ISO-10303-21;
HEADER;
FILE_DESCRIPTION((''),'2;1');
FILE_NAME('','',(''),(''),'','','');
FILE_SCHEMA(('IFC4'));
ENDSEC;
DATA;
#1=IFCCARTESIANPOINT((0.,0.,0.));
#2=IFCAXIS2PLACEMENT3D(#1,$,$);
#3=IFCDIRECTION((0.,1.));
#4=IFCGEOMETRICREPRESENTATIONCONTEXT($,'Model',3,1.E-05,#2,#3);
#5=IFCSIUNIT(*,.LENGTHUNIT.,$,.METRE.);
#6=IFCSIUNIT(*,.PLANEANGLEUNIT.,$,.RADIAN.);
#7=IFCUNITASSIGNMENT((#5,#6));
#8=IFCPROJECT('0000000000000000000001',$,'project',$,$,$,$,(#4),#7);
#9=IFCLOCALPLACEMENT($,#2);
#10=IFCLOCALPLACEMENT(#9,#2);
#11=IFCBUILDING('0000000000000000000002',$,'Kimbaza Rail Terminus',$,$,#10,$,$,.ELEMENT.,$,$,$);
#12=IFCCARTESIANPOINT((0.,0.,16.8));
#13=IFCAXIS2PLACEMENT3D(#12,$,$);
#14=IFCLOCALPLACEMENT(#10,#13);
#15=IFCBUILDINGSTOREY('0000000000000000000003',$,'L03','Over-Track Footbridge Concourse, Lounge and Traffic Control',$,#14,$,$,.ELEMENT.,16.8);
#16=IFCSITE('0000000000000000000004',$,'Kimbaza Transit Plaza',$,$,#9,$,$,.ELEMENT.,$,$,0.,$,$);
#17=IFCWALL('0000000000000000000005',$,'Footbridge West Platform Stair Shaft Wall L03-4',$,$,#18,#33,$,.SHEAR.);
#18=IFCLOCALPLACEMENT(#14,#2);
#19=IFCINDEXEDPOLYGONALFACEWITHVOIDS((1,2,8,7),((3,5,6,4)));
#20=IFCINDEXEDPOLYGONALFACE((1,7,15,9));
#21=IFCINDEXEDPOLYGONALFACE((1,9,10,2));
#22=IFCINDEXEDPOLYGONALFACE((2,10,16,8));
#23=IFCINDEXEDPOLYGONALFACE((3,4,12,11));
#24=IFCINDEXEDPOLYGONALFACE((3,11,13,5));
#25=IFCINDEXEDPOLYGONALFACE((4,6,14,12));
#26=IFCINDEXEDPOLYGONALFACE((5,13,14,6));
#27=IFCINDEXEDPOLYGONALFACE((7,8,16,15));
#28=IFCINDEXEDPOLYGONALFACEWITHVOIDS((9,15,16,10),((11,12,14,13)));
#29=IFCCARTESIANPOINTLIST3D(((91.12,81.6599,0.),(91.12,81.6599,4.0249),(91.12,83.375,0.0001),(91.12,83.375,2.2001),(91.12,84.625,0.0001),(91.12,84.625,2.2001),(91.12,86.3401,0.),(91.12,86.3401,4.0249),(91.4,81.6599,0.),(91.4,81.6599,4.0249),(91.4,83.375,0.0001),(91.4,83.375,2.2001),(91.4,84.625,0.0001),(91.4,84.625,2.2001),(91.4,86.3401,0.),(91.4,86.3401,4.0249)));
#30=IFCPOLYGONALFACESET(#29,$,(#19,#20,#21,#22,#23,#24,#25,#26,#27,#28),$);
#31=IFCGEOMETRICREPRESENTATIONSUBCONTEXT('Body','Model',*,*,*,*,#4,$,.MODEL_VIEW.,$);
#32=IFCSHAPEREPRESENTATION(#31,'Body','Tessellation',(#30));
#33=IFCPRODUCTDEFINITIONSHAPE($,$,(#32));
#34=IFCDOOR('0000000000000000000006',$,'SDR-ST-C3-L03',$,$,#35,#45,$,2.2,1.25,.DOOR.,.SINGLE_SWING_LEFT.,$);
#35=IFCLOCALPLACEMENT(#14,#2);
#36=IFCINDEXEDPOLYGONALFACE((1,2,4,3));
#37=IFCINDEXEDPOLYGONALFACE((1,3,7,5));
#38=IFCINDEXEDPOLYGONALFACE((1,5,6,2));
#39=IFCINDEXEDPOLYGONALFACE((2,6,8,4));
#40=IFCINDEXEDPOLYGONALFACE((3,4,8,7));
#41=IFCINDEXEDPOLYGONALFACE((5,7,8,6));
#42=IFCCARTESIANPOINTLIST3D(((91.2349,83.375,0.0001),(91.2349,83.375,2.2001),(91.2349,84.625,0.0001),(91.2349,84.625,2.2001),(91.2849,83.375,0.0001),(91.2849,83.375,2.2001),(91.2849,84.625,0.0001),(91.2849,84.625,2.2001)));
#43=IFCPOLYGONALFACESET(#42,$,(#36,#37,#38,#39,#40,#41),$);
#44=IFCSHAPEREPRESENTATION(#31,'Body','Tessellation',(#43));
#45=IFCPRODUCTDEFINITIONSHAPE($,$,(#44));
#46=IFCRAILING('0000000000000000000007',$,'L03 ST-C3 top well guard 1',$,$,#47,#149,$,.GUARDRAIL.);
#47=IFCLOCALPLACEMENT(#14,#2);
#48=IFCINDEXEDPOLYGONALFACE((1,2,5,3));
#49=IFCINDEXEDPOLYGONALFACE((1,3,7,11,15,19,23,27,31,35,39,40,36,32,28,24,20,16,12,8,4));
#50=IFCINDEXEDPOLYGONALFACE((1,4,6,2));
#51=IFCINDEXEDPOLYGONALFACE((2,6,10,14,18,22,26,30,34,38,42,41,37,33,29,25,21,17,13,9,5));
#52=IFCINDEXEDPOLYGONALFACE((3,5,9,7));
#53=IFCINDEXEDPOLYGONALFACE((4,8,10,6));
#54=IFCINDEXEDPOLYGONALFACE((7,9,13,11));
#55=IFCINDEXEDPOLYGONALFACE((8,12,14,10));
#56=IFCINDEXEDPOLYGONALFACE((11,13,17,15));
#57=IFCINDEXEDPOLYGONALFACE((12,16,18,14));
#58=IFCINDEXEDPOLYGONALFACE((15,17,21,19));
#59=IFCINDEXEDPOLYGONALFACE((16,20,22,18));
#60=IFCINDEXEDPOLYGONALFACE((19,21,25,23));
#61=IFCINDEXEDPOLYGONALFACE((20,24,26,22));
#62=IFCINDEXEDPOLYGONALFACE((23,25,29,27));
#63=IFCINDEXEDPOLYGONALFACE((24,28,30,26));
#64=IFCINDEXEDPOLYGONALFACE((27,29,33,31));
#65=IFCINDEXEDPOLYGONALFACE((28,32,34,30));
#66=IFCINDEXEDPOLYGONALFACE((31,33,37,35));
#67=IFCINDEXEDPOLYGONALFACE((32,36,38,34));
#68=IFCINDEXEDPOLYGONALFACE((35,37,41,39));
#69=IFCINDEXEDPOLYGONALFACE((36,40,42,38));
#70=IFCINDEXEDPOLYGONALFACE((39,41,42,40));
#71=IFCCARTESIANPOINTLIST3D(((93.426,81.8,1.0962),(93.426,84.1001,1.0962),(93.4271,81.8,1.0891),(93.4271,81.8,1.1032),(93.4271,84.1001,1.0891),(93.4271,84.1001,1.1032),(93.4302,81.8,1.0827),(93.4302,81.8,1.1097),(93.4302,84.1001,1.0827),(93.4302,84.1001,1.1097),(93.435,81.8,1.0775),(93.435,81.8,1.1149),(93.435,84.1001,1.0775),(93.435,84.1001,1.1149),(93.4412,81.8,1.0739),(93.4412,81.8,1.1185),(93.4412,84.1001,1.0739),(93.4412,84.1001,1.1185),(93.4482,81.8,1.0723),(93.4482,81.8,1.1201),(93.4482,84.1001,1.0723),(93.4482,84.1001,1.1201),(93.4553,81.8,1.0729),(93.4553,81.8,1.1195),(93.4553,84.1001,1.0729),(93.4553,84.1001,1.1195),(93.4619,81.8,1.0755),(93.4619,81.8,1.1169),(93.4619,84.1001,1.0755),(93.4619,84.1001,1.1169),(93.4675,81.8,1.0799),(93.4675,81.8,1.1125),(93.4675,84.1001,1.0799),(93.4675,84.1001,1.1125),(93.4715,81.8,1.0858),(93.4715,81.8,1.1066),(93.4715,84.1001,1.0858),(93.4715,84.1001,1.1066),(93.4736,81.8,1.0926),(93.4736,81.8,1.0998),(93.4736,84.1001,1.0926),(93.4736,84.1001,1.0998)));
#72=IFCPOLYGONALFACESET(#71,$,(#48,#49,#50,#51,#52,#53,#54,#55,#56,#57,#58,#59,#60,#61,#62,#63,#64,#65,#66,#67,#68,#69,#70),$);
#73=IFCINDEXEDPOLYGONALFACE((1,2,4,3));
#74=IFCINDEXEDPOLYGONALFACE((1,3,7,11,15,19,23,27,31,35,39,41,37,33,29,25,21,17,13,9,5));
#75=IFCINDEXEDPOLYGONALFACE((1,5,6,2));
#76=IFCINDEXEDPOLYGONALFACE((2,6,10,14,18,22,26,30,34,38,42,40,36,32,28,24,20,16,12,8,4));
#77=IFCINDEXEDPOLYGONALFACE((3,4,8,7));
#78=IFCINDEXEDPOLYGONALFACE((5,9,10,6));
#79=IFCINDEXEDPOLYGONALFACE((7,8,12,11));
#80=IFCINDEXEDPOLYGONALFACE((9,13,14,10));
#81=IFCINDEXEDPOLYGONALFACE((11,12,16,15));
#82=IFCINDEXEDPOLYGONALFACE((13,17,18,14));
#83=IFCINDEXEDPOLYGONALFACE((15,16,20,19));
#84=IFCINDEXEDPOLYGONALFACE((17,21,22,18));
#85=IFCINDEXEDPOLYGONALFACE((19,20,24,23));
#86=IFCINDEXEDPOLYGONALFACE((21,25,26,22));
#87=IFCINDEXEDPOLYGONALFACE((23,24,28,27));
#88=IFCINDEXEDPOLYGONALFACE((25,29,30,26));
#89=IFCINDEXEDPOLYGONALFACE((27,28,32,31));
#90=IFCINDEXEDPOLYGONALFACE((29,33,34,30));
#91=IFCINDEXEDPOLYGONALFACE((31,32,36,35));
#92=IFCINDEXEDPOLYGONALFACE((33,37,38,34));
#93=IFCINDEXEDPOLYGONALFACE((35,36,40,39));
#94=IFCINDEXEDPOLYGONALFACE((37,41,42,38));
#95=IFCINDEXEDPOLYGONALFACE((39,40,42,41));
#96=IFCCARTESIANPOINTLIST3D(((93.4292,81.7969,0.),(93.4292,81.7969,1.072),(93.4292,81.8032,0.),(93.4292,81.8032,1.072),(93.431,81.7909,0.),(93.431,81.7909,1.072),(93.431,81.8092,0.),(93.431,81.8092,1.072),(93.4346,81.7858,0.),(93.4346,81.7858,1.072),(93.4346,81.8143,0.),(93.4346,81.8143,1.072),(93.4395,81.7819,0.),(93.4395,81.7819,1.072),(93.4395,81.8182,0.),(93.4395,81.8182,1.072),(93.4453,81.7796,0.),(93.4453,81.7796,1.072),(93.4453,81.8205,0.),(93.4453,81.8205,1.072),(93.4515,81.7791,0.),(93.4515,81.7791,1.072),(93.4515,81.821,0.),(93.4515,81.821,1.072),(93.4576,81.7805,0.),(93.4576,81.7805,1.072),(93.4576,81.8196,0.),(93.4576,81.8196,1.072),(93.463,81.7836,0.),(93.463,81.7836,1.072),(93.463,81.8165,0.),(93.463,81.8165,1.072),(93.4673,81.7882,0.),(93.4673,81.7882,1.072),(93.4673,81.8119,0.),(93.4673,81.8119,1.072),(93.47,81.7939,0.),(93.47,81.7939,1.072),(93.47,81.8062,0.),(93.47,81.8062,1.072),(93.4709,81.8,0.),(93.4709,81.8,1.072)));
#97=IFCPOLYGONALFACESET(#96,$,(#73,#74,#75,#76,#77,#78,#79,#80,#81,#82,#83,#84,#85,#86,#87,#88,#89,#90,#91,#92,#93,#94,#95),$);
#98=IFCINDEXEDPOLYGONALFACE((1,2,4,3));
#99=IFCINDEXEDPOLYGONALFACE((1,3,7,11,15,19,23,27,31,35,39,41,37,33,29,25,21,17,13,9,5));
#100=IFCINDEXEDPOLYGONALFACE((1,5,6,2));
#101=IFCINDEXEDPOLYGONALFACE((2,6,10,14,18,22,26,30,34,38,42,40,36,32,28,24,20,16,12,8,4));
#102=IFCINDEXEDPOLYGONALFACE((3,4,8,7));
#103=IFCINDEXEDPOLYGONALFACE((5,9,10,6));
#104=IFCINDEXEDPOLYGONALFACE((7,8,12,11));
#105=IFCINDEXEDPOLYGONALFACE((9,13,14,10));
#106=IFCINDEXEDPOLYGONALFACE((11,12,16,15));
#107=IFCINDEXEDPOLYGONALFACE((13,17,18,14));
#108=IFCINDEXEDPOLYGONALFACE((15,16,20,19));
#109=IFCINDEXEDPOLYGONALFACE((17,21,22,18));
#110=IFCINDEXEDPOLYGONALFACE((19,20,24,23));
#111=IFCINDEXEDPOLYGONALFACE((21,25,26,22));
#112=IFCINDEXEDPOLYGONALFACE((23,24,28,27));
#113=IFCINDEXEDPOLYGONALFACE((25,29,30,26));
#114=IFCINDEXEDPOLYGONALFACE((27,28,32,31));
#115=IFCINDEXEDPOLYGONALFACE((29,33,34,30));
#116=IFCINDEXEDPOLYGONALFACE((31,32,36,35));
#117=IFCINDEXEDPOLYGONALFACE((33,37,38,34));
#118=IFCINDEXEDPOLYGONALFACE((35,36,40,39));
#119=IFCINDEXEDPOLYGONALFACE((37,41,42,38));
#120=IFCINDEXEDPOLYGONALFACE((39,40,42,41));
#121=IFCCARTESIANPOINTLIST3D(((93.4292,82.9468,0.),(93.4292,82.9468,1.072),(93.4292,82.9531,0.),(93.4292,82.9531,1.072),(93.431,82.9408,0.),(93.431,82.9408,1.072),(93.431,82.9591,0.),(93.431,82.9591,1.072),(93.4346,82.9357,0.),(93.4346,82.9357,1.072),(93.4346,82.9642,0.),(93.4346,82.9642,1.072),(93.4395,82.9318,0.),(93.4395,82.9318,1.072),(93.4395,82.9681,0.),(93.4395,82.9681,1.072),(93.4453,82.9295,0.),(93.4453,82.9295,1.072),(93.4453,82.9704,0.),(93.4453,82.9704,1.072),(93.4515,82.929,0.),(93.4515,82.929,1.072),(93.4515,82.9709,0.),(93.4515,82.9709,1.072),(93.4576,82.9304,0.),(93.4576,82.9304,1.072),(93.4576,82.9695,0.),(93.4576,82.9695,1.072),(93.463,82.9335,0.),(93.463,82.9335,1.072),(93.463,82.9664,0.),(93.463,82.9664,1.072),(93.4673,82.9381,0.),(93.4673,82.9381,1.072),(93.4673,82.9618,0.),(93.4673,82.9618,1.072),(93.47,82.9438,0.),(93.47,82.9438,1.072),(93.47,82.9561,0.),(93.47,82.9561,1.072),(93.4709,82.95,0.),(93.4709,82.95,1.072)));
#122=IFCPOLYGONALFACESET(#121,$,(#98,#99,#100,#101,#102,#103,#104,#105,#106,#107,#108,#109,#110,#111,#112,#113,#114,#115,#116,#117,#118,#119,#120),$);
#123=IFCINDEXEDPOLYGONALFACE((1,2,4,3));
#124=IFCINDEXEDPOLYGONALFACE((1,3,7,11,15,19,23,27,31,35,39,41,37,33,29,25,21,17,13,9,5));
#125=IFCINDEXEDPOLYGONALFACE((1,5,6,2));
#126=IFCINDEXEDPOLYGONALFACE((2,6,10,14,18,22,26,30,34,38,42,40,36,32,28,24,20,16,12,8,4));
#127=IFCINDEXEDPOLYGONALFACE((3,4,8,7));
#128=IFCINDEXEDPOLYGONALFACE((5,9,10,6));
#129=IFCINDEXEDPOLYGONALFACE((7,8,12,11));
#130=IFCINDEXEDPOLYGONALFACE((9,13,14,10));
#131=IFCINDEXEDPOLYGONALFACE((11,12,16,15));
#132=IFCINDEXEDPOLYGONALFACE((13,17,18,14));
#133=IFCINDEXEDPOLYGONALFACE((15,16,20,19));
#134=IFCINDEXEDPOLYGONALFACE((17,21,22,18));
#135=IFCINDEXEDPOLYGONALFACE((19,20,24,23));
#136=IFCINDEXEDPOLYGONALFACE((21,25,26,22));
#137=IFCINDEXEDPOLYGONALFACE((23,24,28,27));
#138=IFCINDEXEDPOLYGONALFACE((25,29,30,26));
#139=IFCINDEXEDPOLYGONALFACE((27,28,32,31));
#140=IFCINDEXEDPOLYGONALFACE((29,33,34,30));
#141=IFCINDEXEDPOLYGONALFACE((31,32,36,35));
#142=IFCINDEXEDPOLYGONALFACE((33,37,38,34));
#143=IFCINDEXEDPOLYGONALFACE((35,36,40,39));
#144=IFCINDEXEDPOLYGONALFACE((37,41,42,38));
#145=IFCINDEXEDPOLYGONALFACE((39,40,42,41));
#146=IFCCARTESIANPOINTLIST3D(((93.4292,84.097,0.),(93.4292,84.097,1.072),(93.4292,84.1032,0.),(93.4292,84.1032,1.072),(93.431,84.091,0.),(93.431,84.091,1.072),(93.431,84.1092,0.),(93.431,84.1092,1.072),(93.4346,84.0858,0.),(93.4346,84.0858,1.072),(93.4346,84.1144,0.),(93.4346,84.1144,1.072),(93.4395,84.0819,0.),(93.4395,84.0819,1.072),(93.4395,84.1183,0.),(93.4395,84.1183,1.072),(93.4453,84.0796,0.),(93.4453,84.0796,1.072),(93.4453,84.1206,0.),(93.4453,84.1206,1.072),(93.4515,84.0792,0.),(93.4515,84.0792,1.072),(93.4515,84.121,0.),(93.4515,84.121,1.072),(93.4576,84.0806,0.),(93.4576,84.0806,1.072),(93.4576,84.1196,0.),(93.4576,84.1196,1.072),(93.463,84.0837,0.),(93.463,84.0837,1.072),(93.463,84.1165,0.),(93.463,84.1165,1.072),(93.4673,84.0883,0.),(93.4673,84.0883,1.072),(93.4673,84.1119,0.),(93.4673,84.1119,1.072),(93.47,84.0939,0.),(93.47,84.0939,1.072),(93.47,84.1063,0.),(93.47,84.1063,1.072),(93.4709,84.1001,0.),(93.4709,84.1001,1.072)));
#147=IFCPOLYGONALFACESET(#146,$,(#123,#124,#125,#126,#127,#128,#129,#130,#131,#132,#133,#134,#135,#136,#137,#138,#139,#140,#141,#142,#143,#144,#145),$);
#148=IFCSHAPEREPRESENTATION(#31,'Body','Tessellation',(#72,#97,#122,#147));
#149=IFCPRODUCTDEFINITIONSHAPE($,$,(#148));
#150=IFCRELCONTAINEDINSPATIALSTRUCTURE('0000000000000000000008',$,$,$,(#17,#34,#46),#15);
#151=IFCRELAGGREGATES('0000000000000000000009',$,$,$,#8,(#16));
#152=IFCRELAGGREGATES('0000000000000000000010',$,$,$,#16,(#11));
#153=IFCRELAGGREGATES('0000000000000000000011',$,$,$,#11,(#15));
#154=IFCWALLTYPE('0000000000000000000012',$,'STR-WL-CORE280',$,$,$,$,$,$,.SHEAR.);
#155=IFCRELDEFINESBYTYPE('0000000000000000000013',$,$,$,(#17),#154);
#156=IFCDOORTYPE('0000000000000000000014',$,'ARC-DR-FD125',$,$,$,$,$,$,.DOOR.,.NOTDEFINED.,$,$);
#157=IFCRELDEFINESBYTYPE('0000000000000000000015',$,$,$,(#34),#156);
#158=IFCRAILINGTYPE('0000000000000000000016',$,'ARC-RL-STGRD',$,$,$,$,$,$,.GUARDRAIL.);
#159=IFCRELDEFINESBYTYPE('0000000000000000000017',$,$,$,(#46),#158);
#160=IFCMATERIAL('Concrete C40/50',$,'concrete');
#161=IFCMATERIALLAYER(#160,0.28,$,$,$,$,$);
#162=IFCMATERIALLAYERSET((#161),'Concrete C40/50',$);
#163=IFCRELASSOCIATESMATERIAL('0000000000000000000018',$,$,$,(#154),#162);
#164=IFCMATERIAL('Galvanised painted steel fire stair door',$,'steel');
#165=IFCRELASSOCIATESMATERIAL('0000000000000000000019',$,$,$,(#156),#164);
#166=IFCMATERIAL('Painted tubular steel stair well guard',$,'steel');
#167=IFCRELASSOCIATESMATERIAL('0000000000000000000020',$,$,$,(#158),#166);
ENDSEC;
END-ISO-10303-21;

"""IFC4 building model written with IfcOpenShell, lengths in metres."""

from ifc_helpers import new_model, si_unit, direction, frame, frame_2d, origin, origin_2d, place, context, subcontext, project, spatial, rectangle, circle, extrude, material, layer, layer_set, type_object, element, fill, save


model = new_model("IFC4")

# Units and contexts
model_context = context("Model", 3, precision=1e-05, world=origin(), true_north=direction((0.0, 1.0)))
body_context = subcontext(model_context, "Body", "Model", "MODEL_VIEW")
ifc_project = project(units=[si_unit("LENGTHUNIT", "METRE"), si_unit("PLANEANGLEUNIT", "RADIAN")], contexts=[model_context])

# Site, building, storey
site_placement = place(None, origin())
site = spatial("IfcSite", under=ifc_project, at=site_placement, Name="Kimbaza Transit Plaza", CompositionType="ELEMENT", RefElevation=0.0)
building_placement = place(site_placement, origin())
building = spatial("IfcBuilding", under=site, at=building_placement, Name="Kimbaza Rail Terminus", CompositionType="ELEMENT")
storey_placement = place(building_placement, frame((0.0, 0.0, 16.8)))
storey = spatial("IfcBuildingStorey", under=building, at=storey_placement, Name="L03", Description="Over-Track Footbridge Concourse, Lounge and Traffic Control", CompositionType="ELEMENT", Elevation=16.8)

# Shared definitions
ifc_material_1 = material(Name="Concrete C40/50", Category="concrete")
ifc_layer_1 = layer(ifc_material_1, 0.28)
ifc_layer_set_1 = layer_set([ifc_layer_1], Name="Concrete C40/50")
wall_type_1 = type_object("IfcWallType", Name="STR-WL-CORE280", PredefinedType="SHEAR", material=ifc_layer_set_1)

# Wall, opening, door
wall_1_placement = place(storey_placement, frame((91.26, 86.3401, 0.0), z_axis=(0.0, 0.0, 1.0), x_axis=(0.0, -1.0, 0.0)))
wall_1 = element("IfcWall", 1, at=wall_1_placement, inside=storey, type_object=wall_type_1, Name="Footbridge West Platform Stair Shaft Wall L03-4", PredefinedType="SHEAR", context=body_context, shape_type="SweptSolid", body=[
    extrude(rectangle(XDim=4.6802, YDim=0.28, at=frame_2d((2.3401, 0.0))), origin(), (0.0, 0.0, 1.0), 4.0249),
])
opening_1_placement = place(wall_1_placement, frame((1.7151, 0.0, 0.0)))
opening_1 = element("IfcOpeningElement", 2, at=opening_1_placement, cuts=wall_1, PredefinedType="OPENING", context=body_context, shape_type="SweptSolid", body=[
    extrude(rectangle(XDim=1.25, YDim=2.2, at=frame_2d((0.625, 1.1001))), frame((0.0, 0.1499, 0.0), z_axis=(0.0, -1.0, 0.0), x_axis=(1.0, 0.0, 0.0)), (0.0, 0.0, 1.0), 0.3),
])
ifc_material_2 = material(Name="Galvanised painted steel fire stair door", Category="steel")
door_type_1 = type_object("IfcDoorType", Name="ARC-DR-FD125", OperationType="NOTDEFINED", PredefinedType="DOOR", material=ifc_material_2)
door_1_placement = place(opening_1_placement, origin())
door_1 = element("IfcDoor", 3, at=door_1_placement, inside=storey, type_object=door_type_1, Name="SDR-ST-C3-L03", OperationType="SINGLE_SWING_LEFT", OverallHeight=2.2, OverallWidth=1.25, PredefinedType="DOOR", context=body_context, shape_type="SweptSolid", body=[
    extrude(rectangle(XDim=1.25, YDim=2.2, at=frame_2d((0.625, 1.1001))), frame((0.0, 0.0249, 0.0), z_axis=(0.0, -1.0, 0.0), x_axis=(1.0, 0.0, 0.0)), (0.0, 0.0, 1.0), 0.05),
])
fill(opening_1, door_1)

# Railing
ifc_material_3 = material(Name="Painted tubular steel stair well guard", Category="steel")
railing_type = type_object("IfcRailingType", Name="ARC-RL-STGRD", PredefinedType="GUARDRAIL", material=ifc_material_3)
railing_placement = place(storey_placement, frame((93.45, 81.8, 0.0)))
element("IfcRailing", 4, at=railing_placement, inside=storey, type_object=railing_type, Name="L03 ST-C3 top well guard 1", PredefinedType="GUARDRAIL", context=body_context, shape_type="SweptSolid", body=[
    extrude(circle(Radius=0.0239, at=origin_2d()), frame((0.0, 0.0, 1.0962), z_axis=(0.0, 1.0, 0.0), x_axis=(-1.0, 0.0, 0.0)), (0.0, 0.0, 1.0), 2.3),
    extrude(circle(Radius=0.021, at=origin_2d()), origin(), (0.0, 0.0, 1.0), 1.072),
    extrude(circle(Radius=0.021, at=origin_2d()), frame((0.0, 1.1499, 0.0)), (0.0, 0.0, 1.0), 1.072),
    extrude(circle(Radius=0.021, at=origin_2d()), frame((0.0, 2.3, 0.0)), (0.0, 0.0, 1.0), 1.072),
])

save(model, "model.ifc")
